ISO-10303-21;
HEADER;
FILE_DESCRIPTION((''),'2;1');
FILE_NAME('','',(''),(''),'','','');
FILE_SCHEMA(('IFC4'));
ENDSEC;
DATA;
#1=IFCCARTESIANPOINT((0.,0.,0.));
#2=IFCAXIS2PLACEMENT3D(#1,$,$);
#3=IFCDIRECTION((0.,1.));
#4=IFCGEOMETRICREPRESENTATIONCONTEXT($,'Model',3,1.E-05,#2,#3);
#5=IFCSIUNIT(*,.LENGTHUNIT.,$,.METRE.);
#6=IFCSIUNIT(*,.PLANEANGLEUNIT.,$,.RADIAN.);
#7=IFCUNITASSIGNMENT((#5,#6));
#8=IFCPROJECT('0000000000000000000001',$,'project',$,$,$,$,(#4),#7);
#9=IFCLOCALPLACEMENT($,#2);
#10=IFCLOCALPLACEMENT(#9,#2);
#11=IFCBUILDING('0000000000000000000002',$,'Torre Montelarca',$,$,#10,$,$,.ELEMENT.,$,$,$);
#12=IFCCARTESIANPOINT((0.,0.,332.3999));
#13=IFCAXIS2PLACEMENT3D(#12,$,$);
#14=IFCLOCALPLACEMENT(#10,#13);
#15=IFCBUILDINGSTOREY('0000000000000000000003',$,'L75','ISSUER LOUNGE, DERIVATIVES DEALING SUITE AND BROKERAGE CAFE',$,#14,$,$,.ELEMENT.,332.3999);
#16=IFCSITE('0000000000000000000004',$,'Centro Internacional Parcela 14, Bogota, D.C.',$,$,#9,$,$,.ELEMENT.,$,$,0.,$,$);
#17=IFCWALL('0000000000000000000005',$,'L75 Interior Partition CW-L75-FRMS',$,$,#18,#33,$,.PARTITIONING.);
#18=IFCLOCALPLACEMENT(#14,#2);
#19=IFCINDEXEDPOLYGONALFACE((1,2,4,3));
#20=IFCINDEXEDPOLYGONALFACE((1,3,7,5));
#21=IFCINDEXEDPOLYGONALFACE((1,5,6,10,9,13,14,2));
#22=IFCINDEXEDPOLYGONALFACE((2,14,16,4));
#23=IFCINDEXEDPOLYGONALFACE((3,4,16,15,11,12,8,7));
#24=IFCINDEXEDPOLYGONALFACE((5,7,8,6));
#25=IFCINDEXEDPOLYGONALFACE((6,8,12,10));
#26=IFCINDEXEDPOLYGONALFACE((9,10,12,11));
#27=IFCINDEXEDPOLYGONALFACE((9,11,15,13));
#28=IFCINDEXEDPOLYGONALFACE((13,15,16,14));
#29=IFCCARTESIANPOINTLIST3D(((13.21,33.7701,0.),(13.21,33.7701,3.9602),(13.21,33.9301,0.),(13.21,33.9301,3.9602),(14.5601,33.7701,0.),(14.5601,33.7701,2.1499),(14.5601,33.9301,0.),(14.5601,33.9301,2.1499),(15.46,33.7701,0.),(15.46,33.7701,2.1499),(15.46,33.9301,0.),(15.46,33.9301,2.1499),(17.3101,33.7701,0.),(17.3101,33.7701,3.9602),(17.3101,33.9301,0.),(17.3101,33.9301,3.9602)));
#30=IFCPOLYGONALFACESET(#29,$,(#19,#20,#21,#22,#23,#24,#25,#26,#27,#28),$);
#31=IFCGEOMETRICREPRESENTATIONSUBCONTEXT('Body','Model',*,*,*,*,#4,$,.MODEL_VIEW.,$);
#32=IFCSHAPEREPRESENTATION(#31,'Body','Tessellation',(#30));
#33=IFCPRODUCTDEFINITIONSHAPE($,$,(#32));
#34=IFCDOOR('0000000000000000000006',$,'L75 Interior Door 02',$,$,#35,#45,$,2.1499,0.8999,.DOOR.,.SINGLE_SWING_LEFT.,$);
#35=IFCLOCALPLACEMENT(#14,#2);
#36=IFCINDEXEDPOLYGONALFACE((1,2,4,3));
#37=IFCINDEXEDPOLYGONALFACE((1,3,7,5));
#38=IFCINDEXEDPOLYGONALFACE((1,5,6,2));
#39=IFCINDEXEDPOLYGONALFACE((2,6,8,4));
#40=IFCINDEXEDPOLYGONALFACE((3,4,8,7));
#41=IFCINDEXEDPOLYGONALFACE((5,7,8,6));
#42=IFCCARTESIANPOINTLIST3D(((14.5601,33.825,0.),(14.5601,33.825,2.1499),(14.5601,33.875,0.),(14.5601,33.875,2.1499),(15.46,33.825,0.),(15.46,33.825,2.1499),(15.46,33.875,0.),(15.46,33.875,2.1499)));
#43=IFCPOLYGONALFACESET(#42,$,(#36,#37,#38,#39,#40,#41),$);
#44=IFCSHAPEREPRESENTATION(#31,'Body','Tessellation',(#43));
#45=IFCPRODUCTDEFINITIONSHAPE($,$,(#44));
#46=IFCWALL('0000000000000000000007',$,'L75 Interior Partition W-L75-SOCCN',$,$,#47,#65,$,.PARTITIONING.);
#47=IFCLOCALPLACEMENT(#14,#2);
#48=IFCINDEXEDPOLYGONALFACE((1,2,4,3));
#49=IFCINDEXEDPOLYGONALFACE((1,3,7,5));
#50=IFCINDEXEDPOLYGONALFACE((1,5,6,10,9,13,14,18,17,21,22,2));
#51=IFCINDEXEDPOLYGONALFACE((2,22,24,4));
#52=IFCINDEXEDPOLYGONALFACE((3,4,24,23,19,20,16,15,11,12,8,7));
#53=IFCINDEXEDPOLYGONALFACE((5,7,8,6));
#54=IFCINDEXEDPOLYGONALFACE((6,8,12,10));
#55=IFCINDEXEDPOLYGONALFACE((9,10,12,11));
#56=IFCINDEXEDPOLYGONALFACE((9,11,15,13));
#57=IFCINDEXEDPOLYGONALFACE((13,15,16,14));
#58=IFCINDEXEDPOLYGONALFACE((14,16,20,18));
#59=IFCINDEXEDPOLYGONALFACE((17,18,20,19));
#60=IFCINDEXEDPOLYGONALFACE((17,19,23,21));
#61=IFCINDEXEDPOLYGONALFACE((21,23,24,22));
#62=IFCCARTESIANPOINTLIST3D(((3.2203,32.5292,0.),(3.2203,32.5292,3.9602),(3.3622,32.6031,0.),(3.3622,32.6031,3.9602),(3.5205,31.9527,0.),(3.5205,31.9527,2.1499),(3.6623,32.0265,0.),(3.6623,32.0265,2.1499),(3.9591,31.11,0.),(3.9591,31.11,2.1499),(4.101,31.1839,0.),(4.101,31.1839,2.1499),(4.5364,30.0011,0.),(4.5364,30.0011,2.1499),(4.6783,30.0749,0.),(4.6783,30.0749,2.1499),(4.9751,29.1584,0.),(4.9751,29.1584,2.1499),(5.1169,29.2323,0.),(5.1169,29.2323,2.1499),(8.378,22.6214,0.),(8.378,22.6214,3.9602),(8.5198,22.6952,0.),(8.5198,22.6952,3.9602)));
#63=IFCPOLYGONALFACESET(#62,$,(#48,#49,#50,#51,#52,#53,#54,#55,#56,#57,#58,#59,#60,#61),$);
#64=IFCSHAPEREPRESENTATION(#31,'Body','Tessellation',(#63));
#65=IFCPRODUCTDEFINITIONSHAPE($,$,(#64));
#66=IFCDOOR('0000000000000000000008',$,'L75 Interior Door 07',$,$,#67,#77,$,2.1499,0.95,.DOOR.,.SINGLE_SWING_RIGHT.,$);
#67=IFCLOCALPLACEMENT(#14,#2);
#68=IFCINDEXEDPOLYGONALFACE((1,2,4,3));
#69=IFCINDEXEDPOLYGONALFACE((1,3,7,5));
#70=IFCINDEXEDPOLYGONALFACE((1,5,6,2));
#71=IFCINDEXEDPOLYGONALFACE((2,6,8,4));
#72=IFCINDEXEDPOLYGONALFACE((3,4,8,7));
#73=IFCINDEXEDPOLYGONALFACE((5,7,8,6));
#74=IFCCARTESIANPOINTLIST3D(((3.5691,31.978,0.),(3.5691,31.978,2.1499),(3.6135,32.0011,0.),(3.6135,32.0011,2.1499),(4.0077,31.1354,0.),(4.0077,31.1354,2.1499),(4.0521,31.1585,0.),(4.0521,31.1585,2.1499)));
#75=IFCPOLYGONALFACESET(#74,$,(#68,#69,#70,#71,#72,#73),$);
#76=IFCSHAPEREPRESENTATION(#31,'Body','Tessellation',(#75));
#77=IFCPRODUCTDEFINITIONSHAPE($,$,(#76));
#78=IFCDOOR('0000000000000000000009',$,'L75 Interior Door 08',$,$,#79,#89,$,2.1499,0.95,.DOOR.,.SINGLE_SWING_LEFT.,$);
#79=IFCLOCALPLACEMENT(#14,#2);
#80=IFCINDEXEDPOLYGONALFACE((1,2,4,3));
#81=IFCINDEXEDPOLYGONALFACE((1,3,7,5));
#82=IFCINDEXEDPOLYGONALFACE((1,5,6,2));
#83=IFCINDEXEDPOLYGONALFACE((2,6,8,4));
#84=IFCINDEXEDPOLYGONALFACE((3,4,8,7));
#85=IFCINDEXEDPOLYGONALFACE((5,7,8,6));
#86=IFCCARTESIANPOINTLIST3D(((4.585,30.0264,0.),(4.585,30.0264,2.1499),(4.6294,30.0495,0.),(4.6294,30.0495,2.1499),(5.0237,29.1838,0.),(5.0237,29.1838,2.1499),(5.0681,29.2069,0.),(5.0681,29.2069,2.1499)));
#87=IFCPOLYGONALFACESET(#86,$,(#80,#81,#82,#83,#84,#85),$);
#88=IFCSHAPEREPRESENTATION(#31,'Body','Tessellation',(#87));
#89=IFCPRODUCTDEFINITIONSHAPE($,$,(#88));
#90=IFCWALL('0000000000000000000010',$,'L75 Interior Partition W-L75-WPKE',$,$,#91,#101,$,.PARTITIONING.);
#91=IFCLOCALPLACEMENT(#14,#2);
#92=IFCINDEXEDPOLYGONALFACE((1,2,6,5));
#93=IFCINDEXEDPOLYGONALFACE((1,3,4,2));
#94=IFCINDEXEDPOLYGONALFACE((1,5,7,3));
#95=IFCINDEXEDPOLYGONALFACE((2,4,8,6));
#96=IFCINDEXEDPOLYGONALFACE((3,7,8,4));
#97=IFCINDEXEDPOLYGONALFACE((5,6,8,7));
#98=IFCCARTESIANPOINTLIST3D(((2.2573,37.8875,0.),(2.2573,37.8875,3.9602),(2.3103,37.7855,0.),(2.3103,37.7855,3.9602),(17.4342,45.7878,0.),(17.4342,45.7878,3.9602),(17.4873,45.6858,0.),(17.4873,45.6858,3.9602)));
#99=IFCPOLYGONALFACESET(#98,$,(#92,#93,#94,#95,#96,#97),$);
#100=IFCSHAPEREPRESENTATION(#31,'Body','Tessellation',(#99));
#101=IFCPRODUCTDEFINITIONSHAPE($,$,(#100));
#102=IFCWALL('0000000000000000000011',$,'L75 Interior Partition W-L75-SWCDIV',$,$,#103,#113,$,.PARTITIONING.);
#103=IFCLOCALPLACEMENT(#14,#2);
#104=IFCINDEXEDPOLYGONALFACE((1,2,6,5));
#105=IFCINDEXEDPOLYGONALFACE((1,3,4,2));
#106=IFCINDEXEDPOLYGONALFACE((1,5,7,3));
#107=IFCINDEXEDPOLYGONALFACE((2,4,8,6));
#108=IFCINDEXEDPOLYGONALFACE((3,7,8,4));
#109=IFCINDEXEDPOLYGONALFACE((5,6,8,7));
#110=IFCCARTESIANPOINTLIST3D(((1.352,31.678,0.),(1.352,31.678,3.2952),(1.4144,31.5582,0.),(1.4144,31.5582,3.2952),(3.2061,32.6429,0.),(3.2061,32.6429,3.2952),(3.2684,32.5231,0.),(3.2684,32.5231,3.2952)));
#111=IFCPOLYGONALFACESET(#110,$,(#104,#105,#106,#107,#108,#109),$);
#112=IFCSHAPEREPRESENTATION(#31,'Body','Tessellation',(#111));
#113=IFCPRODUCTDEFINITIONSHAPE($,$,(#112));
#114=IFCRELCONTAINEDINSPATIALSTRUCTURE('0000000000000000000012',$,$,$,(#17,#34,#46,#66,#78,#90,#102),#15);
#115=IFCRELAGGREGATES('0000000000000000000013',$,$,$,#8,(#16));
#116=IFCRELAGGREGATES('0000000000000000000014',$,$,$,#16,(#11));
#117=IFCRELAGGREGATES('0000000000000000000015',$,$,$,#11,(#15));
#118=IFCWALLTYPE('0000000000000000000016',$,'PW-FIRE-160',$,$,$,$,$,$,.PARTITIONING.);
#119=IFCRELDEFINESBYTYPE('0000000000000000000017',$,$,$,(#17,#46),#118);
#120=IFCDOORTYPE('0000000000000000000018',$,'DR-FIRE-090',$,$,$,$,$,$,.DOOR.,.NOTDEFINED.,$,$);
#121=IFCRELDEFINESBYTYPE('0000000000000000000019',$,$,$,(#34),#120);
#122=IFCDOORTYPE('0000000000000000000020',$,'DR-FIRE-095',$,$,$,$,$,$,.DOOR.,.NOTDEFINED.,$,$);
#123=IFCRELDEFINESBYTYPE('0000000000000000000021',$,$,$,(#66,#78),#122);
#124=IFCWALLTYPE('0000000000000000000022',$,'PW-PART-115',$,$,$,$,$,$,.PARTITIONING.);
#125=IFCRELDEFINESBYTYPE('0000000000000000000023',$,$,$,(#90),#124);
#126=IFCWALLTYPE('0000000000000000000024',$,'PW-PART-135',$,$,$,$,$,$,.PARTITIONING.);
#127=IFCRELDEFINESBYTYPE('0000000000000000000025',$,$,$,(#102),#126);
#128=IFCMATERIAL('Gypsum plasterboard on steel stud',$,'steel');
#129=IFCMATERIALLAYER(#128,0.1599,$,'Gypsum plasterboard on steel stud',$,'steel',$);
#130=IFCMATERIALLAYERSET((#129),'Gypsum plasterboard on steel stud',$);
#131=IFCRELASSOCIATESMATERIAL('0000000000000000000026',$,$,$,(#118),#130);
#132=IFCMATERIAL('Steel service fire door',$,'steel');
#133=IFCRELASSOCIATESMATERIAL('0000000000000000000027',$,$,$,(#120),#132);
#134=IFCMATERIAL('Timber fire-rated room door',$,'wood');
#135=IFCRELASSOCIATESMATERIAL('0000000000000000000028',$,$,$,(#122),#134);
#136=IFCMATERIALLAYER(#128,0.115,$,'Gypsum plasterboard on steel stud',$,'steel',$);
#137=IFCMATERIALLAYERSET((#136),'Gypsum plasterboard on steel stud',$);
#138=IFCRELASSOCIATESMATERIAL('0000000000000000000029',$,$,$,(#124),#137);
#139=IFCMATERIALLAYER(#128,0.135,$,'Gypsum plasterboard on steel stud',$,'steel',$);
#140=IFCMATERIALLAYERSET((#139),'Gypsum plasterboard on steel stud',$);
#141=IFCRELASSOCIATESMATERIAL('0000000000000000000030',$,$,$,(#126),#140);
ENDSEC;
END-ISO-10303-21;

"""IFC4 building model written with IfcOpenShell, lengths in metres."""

from ifc_helpers import new_model, si_unit, direction, frame, frame_2d, origin, place, context, subcontext, project, spatial, rectangle, extrude, source, transform, mapped, material, layer, layer_set, type_object, element, fill, save


model = new_model("IFC4")

# Units and contexts
model_context = context("Model", 3, precision=1e-05, world=origin(), true_north=direction((0.0, 1.0)))
body_context = subcontext(model_context, "Body", "Model", "MODEL_VIEW")
ifc_project = project(units=[si_unit("LENGTHUNIT", "METRE"), si_unit("PLANEANGLEUNIT", "RADIAN")], contexts=[model_context])

# Site, building, storey
site_placement = place(None, origin())
site = spatial("IfcSite", under=ifc_project, at=site_placement, Name="Centro Internacional Parcela 14, Bogota, D.C.", CompositionType="ELEMENT", RefElevation=0.0)
building_placement = place(site_placement, origin())
building = spatial("IfcBuilding", under=site, at=building_placement, Name="Torre Montelarca", CompositionType="ELEMENT")
storey_placement = place(building_placement, frame((0.0, 0.0, 332.3999)))
storey = spatial("IfcBuildingStorey", under=building, at=storey_placement, Name="L75", Description="ISSUER LOUNGE, DERIVATIVES DEALING SUITE AND BROKERAGE CAFE", CompositionType="ELEMENT", Elevation=332.3999)

# Shared definitions
ifc_material_1 = material(Name="Gypsum plasterboard on steel stud", Category="steel")
ifc_layer_1 = layer(ifc_material_1, 0.1599, Name="Gypsum plasterboard on steel stud", Category="steel")
ifc_layer_set_1 = layer_set([ifc_layer_1], Name="Gypsum plasterboard on steel stud")
wall_type_1 = type_object("IfcWallType", Name="PW-FIRE-160", PredefinedType="PARTITIONING", material=ifc_layer_set_1)
ifc_material_2 = material(Name="Steel service fire door", Category="steel")
door_type_1 = type_object("IfcDoorType", Name="DR-FIRE-090", OperationType="NOTDEFINED", PredefinedType="DOOR", material=ifc_material_2)
shared_shape_1 = source(origin(), body_context, "Body", "SweptSolid", [
    extrude(rectangle(XDim=0.8999, YDim=2.1499, at=frame_2d((0.45, 1.075))), frame((0.0, 0.0249, 0.0), z_axis=(0.0, -1.0, 0.0), x_axis=(1.0, 0.0, 0.0)), (0.0, 0.0, 1.0), 0.05),
])

# Wall, opening, door
wall_1_placement = place(storey_placement, frame((13.21, 33.8501, 0.0), z_axis=(0.0, 0.0, 1.0), x_axis=(1.0, 0.0, 0.0)))
wall_1 = element("IfcWall", 1, at=wall_1_placement, inside=storey, type_object=wall_type_1, Name="L75 Interior Partition CW-L75-FRMS", PredefinedType="PARTITIONING", context=body_context, shape_type="SweptSolid", body=[
    extrude(rectangle(XDim=4.1001, YDim=0.1599, at=frame_2d((2.05, 0.0))), origin(), (0.0, 0.0, 1.0), 3.9602),
])
opening_1_placement = place(wall_1_placement, frame((1.3501, 0.0, 0.0)))
opening_1 = element("IfcOpeningElement", 2, at=opening_1_placement, cuts=wall_1, PredefinedType="OPENING", context=body_context, shape_type="SweptSolid", body=[
    extrude(rectangle(XDim=0.8999, YDim=2.1499, at=frame_2d((0.45, 1.075))), frame((0.0, 0.0898, 0.0), z_axis=(0.0, -1.0, 0.0), x_axis=(1.0, 0.0, 0.0)), (0.0, 0.0, 1.0), 0.1799),
])
door_1_placement = place(opening_1_placement, origin())
door_1 = element("IfcDoor", 3, at=door_1_placement, inside=storey, type_object=door_type_1, Name="L75 Interior Door 02", OperationType="SINGLE_SWING_LEFT", OverallHeight=2.1499, OverallWidth=0.8999, PredefinedType="DOOR", context=body_context, shape_type="MappedRepresentation", body=[
    mapped(shared_shape_1, transform((0.0, 0.0, 0.0), scale=1.0)),
])
fill(opening_1, door_1)

# Wall, openings, doors
wall_2_placement = place(storey_placement, frame((3.2913, 32.5662, 0.0), z_axis=(0.0, 0.0, 1.0), x_axis=(0.461746, -0.887012, 0.0)))
wall_2 = element("IfcWall", 4, at=wall_2_placement, inside=storey, type_object=wall_type_1, Name="L75 Interior Partition W-L75-SOCCN", PredefinedType="PARTITIONING", context=body_context, shape_type="SweptSolid", body=[
    extrude(rectangle(XDim=11.1699, YDim=0.1599, at=frame_2d((5.585, 0.0))), origin(), (0.0, 0.0, 1.0), 3.9602),
])
opening_2_placement = place(wall_2_placement, frame((0.6499, 0.0, 0.0)))
opening_2 = element("IfcOpeningElement", 5, at=opening_2_placement, cuts=wall_2, PredefinedType="OPENING", context=body_context, shape_type="SweptSolid", body=[
    extrude(rectangle(XDim=0.95, YDim=2.1499, at=frame_2d((0.4751, 1.075))), frame((0.0, 0.0898, 0.0), z_axis=(0.0, -1.0, 0.0), x_axis=(1.0, 0.0, 0.0)), (0.0, 0.0, 1.0), 0.1799),
])
opening_3_placement = place(wall_2_placement, frame((2.8501, 0.0, 0.0)))
opening_3 = element("IfcOpeningElement", 6, at=opening_3_placement, cuts=wall_2, PredefinedType="OPENING", context=body_context, shape_type="SweptSolid", body=[
    extrude(rectangle(XDim=0.95, YDim=2.1499, at=frame_2d((0.4751, 1.075))), frame((0.0, 0.0898, 0.0), z_axis=(0.0, -1.0, 0.0), x_axis=(1.0, 0.0, 0.0)), (0.0, 0.0, 1.0), 0.1799),
])
ifc_material_3 = material(Name="Timber fire-rated room door", Category="wood")
door_type_2 = type_object("IfcDoorType", Name="DR-FIRE-095", OperationType="NOTDEFINED", PredefinedType="DOOR", material=ifc_material_3)
shared_shape_2 = source(origin(), body_context, "Body", "SweptSolid", [
    extrude(rectangle(XDim=0.95, YDim=2.1499, at=frame_2d((0.4751, 1.075))), frame((0.0, 0.0249, 0.0), z_axis=(0.0, -1.0, 0.0), x_axis=(1.0, 0.0, 0.0)), (0.0, 0.0, 1.0), 0.05),
])
door_2_placement = place(opening_2_placement, origin())
door_2 = element("IfcDoor", 7, at=door_2_placement, inside=storey, type_object=door_type_2, Name="L75 Interior Door 07", OperationType="SINGLE_SWING_RIGHT", OverallHeight=2.1499, OverallWidth=0.95, PredefinedType="DOOR", context=body_context, shape_type="MappedRepresentation", body=[
    mapped(shared_shape_2, transform((0.0, 0.0, 0.0), scale=1.0)),
])
fill(opening_2, door_2)
door_3_placement = place(opening_3_placement, origin())
door_3 = element("IfcDoor", 8, at=door_3_placement, inside=storey, type_object=door_type_2, Name="L75 Interior Door 08", OperationType="SINGLE_SWING_LEFT", OverallHeight=2.1499, OverallWidth=0.95, PredefinedType="DOOR", context=body_context, shape_type="MappedRepresentation", body=[
    mapped(shared_shape_2, transform((0.0, 0.0, 0.0), scale=1.0)),
])
fill(opening_3, door_3)

# Walls
ifc_layer_2 = layer(ifc_material_1, 0.115, Name="Gypsum plasterboard on steel stud", Category="steel")
ifc_layer_set_2 = layer_set([ifc_layer_2], Name="Gypsum plasterboard on steel stud")
wall_type_2 = type_object("IfcWallType", Name="PW-PART-115", PredefinedType="PARTITIONING", material=ifc_layer_set_2)
wall_3_placement = place(storey_placement, frame((2.2837, 37.8364, 0.0), z_axis=(0.0, 0.0, 1.0), x_axis=(0.887017, 0.461737, 0.0)))
element("IfcWall", 9, at=wall_3_placement, inside=storey, type_object=wall_type_2, Name="L75 Interior Partition W-L75-WPKE", PredefinedType="PARTITIONING", context=body_context, shape_type="SweptSolid", body=[
    extrude(rectangle(XDim=17.1101, YDim=0.115, at=frame_2d((8.5552, 0.0))), origin(), (0.0, 0.0, 1.0), 3.9602),
])
ifc_layer_3 = layer(ifc_material_1, 0.135, Name="Gypsum plasterboard on steel stud", Category="steel")
ifc_layer_set_3 = layer_set([ifc_layer_3], Name="Gypsum plasterboard on steel stud")
wall_type_3 = type_object("IfcWallType", Name="PW-PART-135", PredefinedType="PARTITIONING", material=ifc_layer_set_3)
wall_4_placement = place(storey_placement, frame((1.3833, 31.6182, 0.0), z_axis=(0.0, 0.0, 1.0), x_axis=(0.887068, 0.46164, 0.0)))
element("IfcWall", 10, at=wall_4_placement, inside=storey, type_object=wall_type_3, Name="L75 Interior Partition W-L75-SWCDIV", PredefinedType="PARTITIONING", context=body_context, shape_type="SweptSolid", body=[
    extrude(rectangle(XDim=2.0901, YDim=0.135, at=frame_2d((1.0449, 0.0))), origin(), (0.0, 0.0, 1.0), 3.2952),
])

save(model, "model.ifc")
